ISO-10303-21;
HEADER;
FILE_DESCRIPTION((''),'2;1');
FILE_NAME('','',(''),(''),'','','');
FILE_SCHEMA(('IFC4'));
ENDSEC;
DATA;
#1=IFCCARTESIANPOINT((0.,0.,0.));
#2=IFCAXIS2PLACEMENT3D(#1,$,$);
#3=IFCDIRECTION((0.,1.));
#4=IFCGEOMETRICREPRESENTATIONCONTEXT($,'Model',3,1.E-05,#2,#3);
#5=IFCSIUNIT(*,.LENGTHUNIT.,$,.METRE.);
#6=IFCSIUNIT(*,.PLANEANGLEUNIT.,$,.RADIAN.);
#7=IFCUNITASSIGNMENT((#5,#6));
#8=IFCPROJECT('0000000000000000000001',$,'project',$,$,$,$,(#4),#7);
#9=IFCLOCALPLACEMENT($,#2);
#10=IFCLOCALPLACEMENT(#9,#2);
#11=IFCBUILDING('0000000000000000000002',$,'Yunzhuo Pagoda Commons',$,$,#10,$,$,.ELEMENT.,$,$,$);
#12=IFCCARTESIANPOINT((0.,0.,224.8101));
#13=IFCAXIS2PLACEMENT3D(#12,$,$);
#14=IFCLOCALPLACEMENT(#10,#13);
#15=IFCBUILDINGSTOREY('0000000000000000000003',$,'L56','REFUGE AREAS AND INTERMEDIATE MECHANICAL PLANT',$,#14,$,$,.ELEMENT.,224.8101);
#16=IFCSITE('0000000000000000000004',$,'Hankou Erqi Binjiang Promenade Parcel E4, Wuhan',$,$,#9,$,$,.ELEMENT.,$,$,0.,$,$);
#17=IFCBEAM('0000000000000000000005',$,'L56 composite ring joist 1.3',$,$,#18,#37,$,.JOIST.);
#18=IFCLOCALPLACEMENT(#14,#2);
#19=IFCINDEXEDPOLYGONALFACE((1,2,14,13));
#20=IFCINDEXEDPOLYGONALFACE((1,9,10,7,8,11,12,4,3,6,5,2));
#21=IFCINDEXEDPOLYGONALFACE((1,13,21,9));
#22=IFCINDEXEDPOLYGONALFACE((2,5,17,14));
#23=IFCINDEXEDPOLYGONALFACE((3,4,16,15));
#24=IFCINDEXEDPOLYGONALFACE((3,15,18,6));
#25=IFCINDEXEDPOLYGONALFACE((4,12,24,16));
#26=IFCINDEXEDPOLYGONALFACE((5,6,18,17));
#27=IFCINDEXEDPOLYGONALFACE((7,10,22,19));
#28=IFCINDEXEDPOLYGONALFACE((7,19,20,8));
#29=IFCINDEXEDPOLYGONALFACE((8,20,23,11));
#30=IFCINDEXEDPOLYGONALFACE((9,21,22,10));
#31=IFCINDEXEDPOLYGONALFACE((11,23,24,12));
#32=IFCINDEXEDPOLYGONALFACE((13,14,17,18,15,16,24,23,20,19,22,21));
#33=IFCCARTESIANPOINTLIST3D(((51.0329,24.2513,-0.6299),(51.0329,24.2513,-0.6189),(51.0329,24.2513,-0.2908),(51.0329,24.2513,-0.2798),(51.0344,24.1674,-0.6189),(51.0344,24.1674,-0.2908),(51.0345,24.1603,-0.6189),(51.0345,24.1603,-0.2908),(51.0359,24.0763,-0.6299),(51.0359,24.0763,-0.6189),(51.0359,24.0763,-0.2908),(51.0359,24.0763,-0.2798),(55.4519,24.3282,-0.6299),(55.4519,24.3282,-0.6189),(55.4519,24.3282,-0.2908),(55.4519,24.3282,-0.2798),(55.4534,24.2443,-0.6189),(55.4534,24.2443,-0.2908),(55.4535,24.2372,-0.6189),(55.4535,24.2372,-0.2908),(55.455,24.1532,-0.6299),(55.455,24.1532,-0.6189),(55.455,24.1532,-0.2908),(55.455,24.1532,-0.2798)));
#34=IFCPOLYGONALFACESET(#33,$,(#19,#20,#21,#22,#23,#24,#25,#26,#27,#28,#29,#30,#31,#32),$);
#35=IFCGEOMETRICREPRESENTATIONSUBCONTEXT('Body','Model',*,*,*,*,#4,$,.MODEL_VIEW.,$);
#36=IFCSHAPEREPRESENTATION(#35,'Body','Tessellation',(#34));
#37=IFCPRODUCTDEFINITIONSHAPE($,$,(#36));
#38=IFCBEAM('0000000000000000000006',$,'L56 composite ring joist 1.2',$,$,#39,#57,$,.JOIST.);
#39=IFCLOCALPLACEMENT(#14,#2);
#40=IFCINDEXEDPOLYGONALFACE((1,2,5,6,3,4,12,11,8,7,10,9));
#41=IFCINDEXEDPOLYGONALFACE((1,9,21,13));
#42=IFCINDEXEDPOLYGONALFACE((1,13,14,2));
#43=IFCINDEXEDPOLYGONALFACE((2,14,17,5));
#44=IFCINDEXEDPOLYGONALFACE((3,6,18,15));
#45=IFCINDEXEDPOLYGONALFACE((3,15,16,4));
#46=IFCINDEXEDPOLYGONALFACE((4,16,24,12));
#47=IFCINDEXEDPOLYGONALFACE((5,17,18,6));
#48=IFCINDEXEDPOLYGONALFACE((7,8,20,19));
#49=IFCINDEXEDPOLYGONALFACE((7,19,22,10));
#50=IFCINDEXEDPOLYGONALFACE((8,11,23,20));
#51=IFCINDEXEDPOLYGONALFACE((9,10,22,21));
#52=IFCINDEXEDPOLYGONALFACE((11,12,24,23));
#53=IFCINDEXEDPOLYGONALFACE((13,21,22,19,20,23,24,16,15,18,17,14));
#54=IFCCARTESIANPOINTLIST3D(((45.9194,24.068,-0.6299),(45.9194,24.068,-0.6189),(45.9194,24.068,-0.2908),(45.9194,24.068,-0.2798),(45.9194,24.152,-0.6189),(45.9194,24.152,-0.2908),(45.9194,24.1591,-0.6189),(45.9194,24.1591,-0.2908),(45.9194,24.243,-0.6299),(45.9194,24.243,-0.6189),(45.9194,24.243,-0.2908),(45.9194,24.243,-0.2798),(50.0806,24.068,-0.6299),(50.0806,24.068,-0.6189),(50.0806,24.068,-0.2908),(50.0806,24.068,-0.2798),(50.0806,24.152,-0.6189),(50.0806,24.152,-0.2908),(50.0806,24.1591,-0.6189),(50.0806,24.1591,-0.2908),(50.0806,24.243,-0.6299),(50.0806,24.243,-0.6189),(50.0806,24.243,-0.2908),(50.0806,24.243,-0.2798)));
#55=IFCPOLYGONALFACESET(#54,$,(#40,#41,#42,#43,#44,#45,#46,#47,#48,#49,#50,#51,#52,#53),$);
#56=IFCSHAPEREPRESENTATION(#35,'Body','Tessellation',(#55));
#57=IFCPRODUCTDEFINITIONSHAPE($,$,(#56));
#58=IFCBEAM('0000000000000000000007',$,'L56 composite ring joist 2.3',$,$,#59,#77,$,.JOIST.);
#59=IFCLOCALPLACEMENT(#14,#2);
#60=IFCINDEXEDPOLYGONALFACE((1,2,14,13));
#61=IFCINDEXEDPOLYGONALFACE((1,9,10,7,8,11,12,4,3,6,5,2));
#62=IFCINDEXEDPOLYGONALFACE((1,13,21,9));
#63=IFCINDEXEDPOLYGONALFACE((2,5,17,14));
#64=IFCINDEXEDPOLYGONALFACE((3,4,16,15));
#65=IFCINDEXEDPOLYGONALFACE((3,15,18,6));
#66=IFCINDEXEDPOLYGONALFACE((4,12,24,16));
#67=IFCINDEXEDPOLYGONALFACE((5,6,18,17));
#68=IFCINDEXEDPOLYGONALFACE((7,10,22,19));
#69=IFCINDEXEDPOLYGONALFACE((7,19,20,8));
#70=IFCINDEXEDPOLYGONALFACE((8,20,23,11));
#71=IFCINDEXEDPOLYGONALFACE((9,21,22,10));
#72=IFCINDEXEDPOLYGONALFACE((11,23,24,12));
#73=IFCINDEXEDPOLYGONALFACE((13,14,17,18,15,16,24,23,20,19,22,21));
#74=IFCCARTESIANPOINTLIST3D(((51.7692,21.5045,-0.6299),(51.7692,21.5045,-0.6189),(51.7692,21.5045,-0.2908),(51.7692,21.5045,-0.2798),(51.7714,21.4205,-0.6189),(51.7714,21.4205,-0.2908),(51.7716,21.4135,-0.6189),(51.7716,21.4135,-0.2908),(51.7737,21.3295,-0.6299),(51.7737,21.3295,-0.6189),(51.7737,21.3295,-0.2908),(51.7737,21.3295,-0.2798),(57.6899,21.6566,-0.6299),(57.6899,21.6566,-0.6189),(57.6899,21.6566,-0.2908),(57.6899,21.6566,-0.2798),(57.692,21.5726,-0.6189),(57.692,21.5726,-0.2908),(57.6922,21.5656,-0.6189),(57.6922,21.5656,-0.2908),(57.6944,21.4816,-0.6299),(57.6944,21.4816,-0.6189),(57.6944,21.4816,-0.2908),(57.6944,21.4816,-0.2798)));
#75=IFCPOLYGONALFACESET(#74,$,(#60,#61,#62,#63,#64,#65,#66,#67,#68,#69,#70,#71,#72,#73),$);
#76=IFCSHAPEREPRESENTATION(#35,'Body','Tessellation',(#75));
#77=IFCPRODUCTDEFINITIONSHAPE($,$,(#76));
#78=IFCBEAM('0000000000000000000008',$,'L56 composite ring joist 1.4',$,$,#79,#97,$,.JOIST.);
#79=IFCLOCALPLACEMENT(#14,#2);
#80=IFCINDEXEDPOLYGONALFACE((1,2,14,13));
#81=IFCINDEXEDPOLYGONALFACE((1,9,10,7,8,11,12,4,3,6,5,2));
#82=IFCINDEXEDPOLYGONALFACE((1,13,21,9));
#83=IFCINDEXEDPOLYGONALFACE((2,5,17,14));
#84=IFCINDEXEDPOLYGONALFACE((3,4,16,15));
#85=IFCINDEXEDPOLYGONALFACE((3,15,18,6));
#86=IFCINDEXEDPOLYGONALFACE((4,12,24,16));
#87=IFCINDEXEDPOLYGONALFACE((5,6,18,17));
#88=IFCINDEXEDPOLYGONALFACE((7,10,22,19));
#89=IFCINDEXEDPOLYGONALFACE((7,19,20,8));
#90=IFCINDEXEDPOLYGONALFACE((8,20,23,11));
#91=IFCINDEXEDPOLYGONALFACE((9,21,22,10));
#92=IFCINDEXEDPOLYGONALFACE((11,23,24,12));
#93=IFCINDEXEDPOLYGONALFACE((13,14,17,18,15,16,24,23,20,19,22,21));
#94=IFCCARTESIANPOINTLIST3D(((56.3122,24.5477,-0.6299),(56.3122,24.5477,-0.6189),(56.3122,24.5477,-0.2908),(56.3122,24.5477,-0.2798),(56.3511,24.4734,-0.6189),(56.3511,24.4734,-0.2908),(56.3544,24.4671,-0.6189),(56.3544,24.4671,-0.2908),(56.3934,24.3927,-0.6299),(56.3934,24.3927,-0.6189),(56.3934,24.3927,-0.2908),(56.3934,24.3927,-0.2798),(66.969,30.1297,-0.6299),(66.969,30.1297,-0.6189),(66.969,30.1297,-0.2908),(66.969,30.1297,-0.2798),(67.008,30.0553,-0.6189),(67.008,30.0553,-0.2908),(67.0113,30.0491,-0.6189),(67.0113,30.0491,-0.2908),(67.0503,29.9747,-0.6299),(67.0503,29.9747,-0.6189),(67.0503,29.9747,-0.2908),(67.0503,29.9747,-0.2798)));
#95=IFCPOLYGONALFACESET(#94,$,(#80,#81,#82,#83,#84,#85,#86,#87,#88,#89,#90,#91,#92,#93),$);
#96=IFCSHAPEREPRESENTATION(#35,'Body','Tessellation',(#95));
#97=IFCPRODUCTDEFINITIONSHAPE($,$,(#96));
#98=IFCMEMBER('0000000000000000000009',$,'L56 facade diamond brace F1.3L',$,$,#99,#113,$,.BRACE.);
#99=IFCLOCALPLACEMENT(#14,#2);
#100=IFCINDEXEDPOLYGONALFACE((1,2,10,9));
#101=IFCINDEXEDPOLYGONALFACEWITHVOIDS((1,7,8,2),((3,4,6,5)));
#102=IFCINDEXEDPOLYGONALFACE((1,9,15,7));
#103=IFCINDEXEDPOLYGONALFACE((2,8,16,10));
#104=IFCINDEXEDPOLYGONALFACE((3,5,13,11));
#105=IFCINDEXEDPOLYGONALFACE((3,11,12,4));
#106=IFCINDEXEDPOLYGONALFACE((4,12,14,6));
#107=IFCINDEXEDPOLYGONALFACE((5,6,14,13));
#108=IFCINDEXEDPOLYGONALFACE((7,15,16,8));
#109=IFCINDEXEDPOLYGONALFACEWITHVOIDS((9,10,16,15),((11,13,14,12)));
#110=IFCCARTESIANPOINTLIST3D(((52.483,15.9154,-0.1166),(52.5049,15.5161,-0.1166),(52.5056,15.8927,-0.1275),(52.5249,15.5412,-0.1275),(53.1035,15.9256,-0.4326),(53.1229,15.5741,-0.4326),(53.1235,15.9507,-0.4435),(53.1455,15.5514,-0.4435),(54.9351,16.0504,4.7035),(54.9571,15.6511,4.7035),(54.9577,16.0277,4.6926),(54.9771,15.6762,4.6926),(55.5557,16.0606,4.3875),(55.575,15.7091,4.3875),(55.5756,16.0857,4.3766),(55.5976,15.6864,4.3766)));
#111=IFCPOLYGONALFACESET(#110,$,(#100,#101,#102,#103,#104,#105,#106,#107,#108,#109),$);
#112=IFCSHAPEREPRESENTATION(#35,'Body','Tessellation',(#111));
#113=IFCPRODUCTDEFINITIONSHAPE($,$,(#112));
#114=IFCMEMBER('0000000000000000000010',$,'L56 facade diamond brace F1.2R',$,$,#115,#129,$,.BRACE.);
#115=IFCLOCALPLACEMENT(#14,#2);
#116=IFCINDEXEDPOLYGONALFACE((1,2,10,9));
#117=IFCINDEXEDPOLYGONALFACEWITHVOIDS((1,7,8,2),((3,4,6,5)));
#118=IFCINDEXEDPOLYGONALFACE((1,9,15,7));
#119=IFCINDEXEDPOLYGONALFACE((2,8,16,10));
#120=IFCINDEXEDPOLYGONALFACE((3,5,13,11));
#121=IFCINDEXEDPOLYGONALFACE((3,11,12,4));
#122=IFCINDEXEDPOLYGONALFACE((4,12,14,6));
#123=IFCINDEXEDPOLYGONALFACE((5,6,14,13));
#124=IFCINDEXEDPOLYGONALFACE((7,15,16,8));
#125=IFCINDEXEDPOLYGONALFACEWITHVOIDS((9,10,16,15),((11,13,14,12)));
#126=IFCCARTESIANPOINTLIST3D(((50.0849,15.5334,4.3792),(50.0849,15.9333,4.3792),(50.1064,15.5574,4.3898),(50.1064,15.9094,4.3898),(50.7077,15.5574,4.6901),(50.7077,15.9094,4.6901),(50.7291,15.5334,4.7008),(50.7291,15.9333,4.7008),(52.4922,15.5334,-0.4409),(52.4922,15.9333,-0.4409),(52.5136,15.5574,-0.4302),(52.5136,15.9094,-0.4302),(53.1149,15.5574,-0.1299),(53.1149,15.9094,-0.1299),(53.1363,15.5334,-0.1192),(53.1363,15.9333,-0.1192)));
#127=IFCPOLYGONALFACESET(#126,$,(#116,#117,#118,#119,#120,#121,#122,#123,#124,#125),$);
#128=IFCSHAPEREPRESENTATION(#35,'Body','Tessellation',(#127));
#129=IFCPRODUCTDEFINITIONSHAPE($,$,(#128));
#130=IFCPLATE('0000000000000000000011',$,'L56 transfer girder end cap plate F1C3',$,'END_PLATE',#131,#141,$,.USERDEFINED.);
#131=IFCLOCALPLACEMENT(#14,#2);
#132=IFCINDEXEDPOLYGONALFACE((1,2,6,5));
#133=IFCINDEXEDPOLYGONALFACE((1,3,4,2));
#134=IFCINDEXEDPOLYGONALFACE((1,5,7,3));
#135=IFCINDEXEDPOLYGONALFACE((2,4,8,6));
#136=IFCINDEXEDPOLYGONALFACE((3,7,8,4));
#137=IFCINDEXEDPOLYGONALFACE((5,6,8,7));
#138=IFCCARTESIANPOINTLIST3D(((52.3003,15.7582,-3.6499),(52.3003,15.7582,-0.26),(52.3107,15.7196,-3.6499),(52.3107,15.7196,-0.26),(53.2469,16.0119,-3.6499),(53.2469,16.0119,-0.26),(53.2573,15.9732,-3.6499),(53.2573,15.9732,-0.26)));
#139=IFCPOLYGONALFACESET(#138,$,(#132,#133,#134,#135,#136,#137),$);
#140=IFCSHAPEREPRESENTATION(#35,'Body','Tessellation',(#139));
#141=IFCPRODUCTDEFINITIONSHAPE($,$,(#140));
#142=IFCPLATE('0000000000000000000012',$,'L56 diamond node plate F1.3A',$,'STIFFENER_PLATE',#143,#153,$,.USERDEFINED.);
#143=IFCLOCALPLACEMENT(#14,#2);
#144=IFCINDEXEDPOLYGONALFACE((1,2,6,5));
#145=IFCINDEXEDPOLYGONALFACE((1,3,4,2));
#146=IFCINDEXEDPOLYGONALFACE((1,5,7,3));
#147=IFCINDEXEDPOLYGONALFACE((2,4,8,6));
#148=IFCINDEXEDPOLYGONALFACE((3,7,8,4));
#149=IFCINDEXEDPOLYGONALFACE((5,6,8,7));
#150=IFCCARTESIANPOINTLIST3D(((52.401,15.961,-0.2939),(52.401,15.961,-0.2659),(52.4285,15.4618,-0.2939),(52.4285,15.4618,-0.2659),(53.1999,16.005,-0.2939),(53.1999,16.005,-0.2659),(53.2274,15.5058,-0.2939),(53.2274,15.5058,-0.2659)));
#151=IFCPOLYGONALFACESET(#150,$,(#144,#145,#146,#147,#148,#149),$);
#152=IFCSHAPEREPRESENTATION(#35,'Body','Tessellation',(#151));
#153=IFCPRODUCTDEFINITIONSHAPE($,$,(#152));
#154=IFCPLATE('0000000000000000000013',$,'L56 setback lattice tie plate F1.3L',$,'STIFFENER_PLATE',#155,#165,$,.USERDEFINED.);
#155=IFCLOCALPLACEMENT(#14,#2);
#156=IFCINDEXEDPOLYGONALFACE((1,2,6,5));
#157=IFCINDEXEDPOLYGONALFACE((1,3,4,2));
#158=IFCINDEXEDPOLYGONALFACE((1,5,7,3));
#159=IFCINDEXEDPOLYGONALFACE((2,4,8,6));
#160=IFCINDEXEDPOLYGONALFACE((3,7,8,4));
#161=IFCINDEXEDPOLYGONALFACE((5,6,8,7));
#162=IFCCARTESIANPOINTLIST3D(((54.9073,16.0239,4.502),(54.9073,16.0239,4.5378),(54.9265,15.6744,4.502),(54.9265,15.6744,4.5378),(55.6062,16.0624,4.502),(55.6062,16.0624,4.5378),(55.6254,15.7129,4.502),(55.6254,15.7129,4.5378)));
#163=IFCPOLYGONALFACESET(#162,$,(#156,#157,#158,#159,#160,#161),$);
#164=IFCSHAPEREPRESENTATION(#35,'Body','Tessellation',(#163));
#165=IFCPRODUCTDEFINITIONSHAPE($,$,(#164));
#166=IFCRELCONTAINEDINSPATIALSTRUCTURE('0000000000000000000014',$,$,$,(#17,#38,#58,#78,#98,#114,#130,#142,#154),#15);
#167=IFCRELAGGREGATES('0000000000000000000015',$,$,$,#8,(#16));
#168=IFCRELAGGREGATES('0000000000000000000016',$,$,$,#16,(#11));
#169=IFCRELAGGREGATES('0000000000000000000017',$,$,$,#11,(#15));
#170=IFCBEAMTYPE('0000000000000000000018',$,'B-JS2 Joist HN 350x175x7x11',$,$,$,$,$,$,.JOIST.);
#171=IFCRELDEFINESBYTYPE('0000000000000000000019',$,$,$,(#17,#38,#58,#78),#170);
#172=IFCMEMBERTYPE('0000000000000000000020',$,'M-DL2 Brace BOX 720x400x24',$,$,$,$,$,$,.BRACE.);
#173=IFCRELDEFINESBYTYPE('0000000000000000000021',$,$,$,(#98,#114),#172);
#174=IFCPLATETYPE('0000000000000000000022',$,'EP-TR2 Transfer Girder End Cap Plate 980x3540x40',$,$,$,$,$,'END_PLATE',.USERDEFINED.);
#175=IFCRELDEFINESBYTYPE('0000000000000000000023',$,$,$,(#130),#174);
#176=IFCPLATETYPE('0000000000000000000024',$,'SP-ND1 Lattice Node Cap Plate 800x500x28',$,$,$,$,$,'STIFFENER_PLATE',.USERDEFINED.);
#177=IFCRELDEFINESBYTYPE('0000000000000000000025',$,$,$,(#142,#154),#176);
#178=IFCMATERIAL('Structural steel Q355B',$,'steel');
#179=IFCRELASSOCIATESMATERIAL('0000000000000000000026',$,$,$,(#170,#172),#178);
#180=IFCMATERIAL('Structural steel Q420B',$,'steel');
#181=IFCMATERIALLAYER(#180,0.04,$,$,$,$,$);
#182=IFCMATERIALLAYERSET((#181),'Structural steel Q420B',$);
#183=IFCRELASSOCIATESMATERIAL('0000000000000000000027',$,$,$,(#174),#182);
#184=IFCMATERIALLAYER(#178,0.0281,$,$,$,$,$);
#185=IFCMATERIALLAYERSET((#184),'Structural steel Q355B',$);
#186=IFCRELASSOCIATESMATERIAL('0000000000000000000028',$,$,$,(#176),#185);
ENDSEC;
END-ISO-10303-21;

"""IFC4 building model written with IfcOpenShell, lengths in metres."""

from ifc_helpers import new_model, si_unit, direction, frame, origin, origin_2d, place, context, subcontext, project, spatial, rectangle, hollow_rectangle, i_section, extrude, source, transform, mapped, material, layer, layer_set, material_profile, profile_set, type_object, element, save


model = new_model("IFC4")

# Units and contexts
model_context = context("Model", 3, precision=1e-05, world=origin(), true_north=direction((0.0, 1.0)))
body_context = subcontext(model_context, "Body", "Model", "MODEL_VIEW")
ifc_project = project(units=[si_unit("LENGTHUNIT", "METRE"), si_unit("PLANEANGLEUNIT", "RADIAN")], contexts=[model_context])

# Site, building, storey
site_placement = place(None, origin())
site = spatial("IfcSite", under=ifc_project, at=site_placement, Name="Hankou Erqi Binjiang Promenade Parcel E4, Wuhan", CompositionType="ELEMENT", RefElevation=0.0)
building_placement = place(site_placement, origin())
building = spatial("IfcBuilding", under=site, at=building_placement, Name="Yunzhuo Pagoda Commons", CompositionType="ELEMENT")
storey_placement = place(building_placement, frame((0.0, 0.0, 224.8101)))
storey = spatial("IfcBuildingStorey", under=building, at=storey_placement, Name="L56", Description="REFUGE AREAS AND INTERMEDIATE MECHANICAL PLANT", CompositionType="ELEMENT", Elevation=224.8101)

# Shared definitions
ifc_material_1 = material(Name="Structural steel Q420B", Category="steel")
ifc_material_2 = material(Name="Structural steel Q355B", Category="steel")

# Beams
ifc_material_profile_1 = material_profile(ifc_material_2, i_section(OverallWidth=0.175, OverallDepth=0.3501, WebThickness=0.0071, FlangeThickness=0.011, at=origin_2d()), Name="Structural steel Q355B")
ifc_profile_set_1 = profile_set([ifc_material_profile_1], Name="Structural steel Q355B")
beam_type_1 = type_object("IfcBeamType", Name="B-JS2 Joist HN 350x175x7x11", PredefinedType="JOIST", material=ifc_profile_set_1)
shared_shape_1 = source(origin(), body_context, "Body", "SweptSolid", [
    extrude(i_section(OverallWidth=0.175, OverallDepth=0.3501, WebThickness=0.0071, FlangeThickness=0.011, at=origin_2d()), origin(), (0.0, 0.0, 1.0), 4.4197),
])
beam_1_placement = place(storey_placement, frame((51.0344, 24.1638, -0.4548), z_axis=(0.999849, 0.017401, 0.0), x_axis=(-0.017401, 0.999849, 0.0)))
element("IfcBeam", 1, at=beam_1_placement, inside=storey, type_object=beam_type_1, Name="L56 composite ring joist 1.3", PredefinedType="JOIST", context=body_context, shape_type="MappedRepresentation", body=[
    mapped(shared_shape_1, transform((0.0, 0.0, 0.0), scale=1.0)),
])
shared_shape_2 = source(origin(), body_context, "Body", "SweptSolid", [
    extrude(i_section(OverallWidth=0.175, OverallDepth=0.3501, WebThickness=0.0071, FlangeThickness=0.011, at=origin_2d()), origin(), (0.0, 0.0, 1.0), 4.1611),
])
beam_2_placement = place(storey_placement, frame((45.9194, 24.1555, -0.4548), z_axis=(1.0, 0.0, 0.0), x_axis=(0.0, 1.0, 0.0)))
element("IfcBeam", 2, at=beam_2_placement, inside=storey, type_object=beam_type_1, Name="L56 composite ring joist 1.2", PredefinedType="JOIST", context=body_context, shape_type="MappedRepresentation", body=[
    mapped(shared_shape_2, transform((0.0, 0.0, 0.0), scale=1.0)),
])
shared_shape_3 = source(origin(), body_context, "Body", "SweptSolid", [
    extrude(i_section(OverallWidth=0.175, OverallDepth=0.3501, WebThickness=0.0071, FlangeThickness=0.011, at=origin_2d()), origin(), (0.0, 0.0, 1.0), 5.9226),
])
beam_3_placement = place(storey_placement, frame((51.7715, 21.417, -0.4548), z_axis=(0.99967, 0.025681, 0.0), x_axis=(-0.025681, 0.99967, 0.0)))
element("IfcBeam", 3, at=beam_3_placement, inside=storey, type_object=beam_type_1, Name="L56 composite ring joist 2.3", PredefinedType="JOIST", context=body_context, shape_type="MappedRepresentation", body=[
    mapped(shared_shape_3, transform((0.0, 0.0, 0.0), scale=1.0)),
])
shared_shape_4 = source(origin(), body_context, "Body", "SweptSolid", [
    extrude(i_section(OverallWidth=0.175, OverallDepth=0.3501, WebThickness=0.0071, FlangeThickness=0.011, at=origin_2d()), origin(), (0.0, 0.0, 1.0), 12.0303),
])
beam_4_placement = place(storey_placement, frame((56.3528, 24.4702, -0.4548), z_axis=(0.885838, 0.463994, 0.0), x_axis=(-0.463994, 0.885838, 0.0)))
element("IfcBeam", 4, at=beam_4_placement, inside=storey, type_object=beam_type_1, Name="L56 composite ring joist 1.4", PredefinedType="JOIST", context=body_context, shape_type="MappedRepresentation", body=[
    mapped(shared_shape_4, transform((0.0, 0.0, 0.0), scale=1.0)),
])

# Members
ifc_material_profile_2 = material_profile(ifc_material_2, hollow_rectangle(XDim=0.3999, YDim=0.72, WallThickness=0.0239, at=origin_2d()), Name="Structural steel Q355B")
ifc_profile_set_2 = profile_set([ifc_material_profile_2], Name="Structural steel Q355B")
member_type = type_object("IfcMemberType", Name="M-DL2 Brace BOX 720x400x24", PredefinedType="BRACE", material=ifc_profile_set_2)
shared_shape_5 = source(origin(), body_context, "Body", "SweptSolid", [
    extrude(hollow_rectangle(XDim=0.3999, YDim=0.72, WallThickness=0.0239, at=origin_2d()), origin(), (0.0, 0.0, 1.0), 5.4097),
])
member_1_placement = place(storey_placement, frame((52.8142, 15.7334, -0.28), z_axis=(0.453291, 0.024957, 0.891013), x_axis=(-0.054974, 0.998488, 0.0)))
element("IfcMember", 5, at=member_1_placement, inside=storey, type_object=member_type, Name="L56 facade diamond brace F1.3L", PredefinedType="BRACE", context=body_context, shape_type="MappedRepresentation", body=[
    mapped(shared_shape_5, transform((0.0, 0.0, 0.0), scale=1.0)),
])
shared_shape_6 = source(origin(), body_context, "Body", "SweptSolid", [
    extrude(hollow_rectangle(XDim=0.3999, YDim=0.72, WallThickness=0.0239, at=origin_2d()), origin(), (0.0, 0.0, 1.0), 5.3877),
])
member_2_placement = place(storey_placement, frame((52.8142, 15.7334, -0.28), z_axis=(-0.446797, 0.0, 0.894636), x_axis=(0.0, -1.0, 0.0)))
element("IfcMember", 6, at=member_2_placement, inside=storey, type_object=member_type, Name="L56 facade diamond brace F1.2R", PredefinedType="BRACE", context=body_context, shape_type="MappedRepresentation", body=[
    mapped(shared_shape_6, transform((0.0, 0.0, 0.0), scale=1.0)),
])

# Plates
ifc_layer_1 = layer(ifc_material_1, 0.04)
ifc_layer_set_1 = layer_set([ifc_layer_1], Name="Structural steel Q420B")
plate_type_1 = type_object("IfcPlateType", Name="EP-TR2 Transfer Girder End Cap Plate 980x3540x40", ElementType="END_PLATE", PredefinedType="USERDEFINED", material=ifc_layer_set_1)
shared_shape_7 = source(origin(), body_context, "Body", "SweptSolid", [
    extrude(rectangle(XDim=0.98, YDim=0.04, at=origin_2d()), origin(), (0.0, 0.0, 1.0), 3.3899),
])
plate_1_placement = place(storey_placement, frame((52.7788, 15.8657, -3.6499), z_axis=(0.0, 0.0, 1.0), x_axis=(0.965926, 0.258819, 0.0)))
element("IfcPlate", 7, at=plate_1_placement, inside=storey, type_object=plate_type_1, Name="L56 transfer girder end cap plate F1C3", ObjectType="END_PLATE", PredefinedType="USERDEFINED", context=body_context, shape_type="MappedRepresentation", body=[
    mapped(shared_shape_7, transform((0.0, 0.0, 0.0), scale=1.0)),
])
ifc_layer_2 = layer(ifc_material_2, 0.0281)
ifc_layer_set_2 = layer_set([ifc_layer_2], Name="Structural steel Q355B")
plate_type_2 = type_object("IfcPlateType", Name="SP-ND1 Lattice Node Cap Plate 800x500x28", ElementType="STIFFENER_PLATE", PredefinedType="USERDEFINED", material=ifc_layer_set_2)
shared_shape_8 = source(origin(), body_context, "Body", "SweptSolid", [
    extrude(rectangle(XDim=0.8, YDim=0.5, at=origin_2d()), origin(), (0.0, 0.0, 1.0), 0.0281),
])
plate_2_placement = place(storey_placement, frame((52.8142, 15.7334, -0.2939), z_axis=(0.0, 0.0, 1.0), x_axis=(0.998487, 0.054985, 0.0)))
element("IfcPlate", 8, at=plate_2_placement, inside=storey, type_object=plate_type_2, Name="L56 diamond node plate F1.3A", ObjectType="STIFFENER_PLATE", PredefinedType="USERDEFINED", context=body_context, shape_type="MappedRepresentation", body=[
    mapped(shared_shape_8, transform((0.0, 0.0, 0.0), scale=1.0)),
])
shared_shape_9 = source(origin(), body_context, "Body", "SweptSolid", [
    extrude(rectangle(XDim=0.7, YDim=0.3501, at=origin_2d()), origin(), (0.0, 0.0, 1.0), 0.0359),
])
plate_3_placement = place(storey_placement, frame((55.2664, 15.8684, 4.502), z_axis=(0.0, 0.0, 1.0), x_axis=(0.998487, 0.054985, 0.0)))
element("IfcPlate", 9, at=plate_3_placement, inside=storey, type_object=plate_type_2, Name="L56 setback lattice tie plate F1.3L", ObjectType="STIFFENER_PLATE", PredefinedType="USERDEFINED", context=body_context, shape_type="MappedRepresentation", body=[
    mapped(shared_shape_9, transform((0.0, 0.0, 0.0), scale=1.0)),
])

save(model, "model.ifc")
